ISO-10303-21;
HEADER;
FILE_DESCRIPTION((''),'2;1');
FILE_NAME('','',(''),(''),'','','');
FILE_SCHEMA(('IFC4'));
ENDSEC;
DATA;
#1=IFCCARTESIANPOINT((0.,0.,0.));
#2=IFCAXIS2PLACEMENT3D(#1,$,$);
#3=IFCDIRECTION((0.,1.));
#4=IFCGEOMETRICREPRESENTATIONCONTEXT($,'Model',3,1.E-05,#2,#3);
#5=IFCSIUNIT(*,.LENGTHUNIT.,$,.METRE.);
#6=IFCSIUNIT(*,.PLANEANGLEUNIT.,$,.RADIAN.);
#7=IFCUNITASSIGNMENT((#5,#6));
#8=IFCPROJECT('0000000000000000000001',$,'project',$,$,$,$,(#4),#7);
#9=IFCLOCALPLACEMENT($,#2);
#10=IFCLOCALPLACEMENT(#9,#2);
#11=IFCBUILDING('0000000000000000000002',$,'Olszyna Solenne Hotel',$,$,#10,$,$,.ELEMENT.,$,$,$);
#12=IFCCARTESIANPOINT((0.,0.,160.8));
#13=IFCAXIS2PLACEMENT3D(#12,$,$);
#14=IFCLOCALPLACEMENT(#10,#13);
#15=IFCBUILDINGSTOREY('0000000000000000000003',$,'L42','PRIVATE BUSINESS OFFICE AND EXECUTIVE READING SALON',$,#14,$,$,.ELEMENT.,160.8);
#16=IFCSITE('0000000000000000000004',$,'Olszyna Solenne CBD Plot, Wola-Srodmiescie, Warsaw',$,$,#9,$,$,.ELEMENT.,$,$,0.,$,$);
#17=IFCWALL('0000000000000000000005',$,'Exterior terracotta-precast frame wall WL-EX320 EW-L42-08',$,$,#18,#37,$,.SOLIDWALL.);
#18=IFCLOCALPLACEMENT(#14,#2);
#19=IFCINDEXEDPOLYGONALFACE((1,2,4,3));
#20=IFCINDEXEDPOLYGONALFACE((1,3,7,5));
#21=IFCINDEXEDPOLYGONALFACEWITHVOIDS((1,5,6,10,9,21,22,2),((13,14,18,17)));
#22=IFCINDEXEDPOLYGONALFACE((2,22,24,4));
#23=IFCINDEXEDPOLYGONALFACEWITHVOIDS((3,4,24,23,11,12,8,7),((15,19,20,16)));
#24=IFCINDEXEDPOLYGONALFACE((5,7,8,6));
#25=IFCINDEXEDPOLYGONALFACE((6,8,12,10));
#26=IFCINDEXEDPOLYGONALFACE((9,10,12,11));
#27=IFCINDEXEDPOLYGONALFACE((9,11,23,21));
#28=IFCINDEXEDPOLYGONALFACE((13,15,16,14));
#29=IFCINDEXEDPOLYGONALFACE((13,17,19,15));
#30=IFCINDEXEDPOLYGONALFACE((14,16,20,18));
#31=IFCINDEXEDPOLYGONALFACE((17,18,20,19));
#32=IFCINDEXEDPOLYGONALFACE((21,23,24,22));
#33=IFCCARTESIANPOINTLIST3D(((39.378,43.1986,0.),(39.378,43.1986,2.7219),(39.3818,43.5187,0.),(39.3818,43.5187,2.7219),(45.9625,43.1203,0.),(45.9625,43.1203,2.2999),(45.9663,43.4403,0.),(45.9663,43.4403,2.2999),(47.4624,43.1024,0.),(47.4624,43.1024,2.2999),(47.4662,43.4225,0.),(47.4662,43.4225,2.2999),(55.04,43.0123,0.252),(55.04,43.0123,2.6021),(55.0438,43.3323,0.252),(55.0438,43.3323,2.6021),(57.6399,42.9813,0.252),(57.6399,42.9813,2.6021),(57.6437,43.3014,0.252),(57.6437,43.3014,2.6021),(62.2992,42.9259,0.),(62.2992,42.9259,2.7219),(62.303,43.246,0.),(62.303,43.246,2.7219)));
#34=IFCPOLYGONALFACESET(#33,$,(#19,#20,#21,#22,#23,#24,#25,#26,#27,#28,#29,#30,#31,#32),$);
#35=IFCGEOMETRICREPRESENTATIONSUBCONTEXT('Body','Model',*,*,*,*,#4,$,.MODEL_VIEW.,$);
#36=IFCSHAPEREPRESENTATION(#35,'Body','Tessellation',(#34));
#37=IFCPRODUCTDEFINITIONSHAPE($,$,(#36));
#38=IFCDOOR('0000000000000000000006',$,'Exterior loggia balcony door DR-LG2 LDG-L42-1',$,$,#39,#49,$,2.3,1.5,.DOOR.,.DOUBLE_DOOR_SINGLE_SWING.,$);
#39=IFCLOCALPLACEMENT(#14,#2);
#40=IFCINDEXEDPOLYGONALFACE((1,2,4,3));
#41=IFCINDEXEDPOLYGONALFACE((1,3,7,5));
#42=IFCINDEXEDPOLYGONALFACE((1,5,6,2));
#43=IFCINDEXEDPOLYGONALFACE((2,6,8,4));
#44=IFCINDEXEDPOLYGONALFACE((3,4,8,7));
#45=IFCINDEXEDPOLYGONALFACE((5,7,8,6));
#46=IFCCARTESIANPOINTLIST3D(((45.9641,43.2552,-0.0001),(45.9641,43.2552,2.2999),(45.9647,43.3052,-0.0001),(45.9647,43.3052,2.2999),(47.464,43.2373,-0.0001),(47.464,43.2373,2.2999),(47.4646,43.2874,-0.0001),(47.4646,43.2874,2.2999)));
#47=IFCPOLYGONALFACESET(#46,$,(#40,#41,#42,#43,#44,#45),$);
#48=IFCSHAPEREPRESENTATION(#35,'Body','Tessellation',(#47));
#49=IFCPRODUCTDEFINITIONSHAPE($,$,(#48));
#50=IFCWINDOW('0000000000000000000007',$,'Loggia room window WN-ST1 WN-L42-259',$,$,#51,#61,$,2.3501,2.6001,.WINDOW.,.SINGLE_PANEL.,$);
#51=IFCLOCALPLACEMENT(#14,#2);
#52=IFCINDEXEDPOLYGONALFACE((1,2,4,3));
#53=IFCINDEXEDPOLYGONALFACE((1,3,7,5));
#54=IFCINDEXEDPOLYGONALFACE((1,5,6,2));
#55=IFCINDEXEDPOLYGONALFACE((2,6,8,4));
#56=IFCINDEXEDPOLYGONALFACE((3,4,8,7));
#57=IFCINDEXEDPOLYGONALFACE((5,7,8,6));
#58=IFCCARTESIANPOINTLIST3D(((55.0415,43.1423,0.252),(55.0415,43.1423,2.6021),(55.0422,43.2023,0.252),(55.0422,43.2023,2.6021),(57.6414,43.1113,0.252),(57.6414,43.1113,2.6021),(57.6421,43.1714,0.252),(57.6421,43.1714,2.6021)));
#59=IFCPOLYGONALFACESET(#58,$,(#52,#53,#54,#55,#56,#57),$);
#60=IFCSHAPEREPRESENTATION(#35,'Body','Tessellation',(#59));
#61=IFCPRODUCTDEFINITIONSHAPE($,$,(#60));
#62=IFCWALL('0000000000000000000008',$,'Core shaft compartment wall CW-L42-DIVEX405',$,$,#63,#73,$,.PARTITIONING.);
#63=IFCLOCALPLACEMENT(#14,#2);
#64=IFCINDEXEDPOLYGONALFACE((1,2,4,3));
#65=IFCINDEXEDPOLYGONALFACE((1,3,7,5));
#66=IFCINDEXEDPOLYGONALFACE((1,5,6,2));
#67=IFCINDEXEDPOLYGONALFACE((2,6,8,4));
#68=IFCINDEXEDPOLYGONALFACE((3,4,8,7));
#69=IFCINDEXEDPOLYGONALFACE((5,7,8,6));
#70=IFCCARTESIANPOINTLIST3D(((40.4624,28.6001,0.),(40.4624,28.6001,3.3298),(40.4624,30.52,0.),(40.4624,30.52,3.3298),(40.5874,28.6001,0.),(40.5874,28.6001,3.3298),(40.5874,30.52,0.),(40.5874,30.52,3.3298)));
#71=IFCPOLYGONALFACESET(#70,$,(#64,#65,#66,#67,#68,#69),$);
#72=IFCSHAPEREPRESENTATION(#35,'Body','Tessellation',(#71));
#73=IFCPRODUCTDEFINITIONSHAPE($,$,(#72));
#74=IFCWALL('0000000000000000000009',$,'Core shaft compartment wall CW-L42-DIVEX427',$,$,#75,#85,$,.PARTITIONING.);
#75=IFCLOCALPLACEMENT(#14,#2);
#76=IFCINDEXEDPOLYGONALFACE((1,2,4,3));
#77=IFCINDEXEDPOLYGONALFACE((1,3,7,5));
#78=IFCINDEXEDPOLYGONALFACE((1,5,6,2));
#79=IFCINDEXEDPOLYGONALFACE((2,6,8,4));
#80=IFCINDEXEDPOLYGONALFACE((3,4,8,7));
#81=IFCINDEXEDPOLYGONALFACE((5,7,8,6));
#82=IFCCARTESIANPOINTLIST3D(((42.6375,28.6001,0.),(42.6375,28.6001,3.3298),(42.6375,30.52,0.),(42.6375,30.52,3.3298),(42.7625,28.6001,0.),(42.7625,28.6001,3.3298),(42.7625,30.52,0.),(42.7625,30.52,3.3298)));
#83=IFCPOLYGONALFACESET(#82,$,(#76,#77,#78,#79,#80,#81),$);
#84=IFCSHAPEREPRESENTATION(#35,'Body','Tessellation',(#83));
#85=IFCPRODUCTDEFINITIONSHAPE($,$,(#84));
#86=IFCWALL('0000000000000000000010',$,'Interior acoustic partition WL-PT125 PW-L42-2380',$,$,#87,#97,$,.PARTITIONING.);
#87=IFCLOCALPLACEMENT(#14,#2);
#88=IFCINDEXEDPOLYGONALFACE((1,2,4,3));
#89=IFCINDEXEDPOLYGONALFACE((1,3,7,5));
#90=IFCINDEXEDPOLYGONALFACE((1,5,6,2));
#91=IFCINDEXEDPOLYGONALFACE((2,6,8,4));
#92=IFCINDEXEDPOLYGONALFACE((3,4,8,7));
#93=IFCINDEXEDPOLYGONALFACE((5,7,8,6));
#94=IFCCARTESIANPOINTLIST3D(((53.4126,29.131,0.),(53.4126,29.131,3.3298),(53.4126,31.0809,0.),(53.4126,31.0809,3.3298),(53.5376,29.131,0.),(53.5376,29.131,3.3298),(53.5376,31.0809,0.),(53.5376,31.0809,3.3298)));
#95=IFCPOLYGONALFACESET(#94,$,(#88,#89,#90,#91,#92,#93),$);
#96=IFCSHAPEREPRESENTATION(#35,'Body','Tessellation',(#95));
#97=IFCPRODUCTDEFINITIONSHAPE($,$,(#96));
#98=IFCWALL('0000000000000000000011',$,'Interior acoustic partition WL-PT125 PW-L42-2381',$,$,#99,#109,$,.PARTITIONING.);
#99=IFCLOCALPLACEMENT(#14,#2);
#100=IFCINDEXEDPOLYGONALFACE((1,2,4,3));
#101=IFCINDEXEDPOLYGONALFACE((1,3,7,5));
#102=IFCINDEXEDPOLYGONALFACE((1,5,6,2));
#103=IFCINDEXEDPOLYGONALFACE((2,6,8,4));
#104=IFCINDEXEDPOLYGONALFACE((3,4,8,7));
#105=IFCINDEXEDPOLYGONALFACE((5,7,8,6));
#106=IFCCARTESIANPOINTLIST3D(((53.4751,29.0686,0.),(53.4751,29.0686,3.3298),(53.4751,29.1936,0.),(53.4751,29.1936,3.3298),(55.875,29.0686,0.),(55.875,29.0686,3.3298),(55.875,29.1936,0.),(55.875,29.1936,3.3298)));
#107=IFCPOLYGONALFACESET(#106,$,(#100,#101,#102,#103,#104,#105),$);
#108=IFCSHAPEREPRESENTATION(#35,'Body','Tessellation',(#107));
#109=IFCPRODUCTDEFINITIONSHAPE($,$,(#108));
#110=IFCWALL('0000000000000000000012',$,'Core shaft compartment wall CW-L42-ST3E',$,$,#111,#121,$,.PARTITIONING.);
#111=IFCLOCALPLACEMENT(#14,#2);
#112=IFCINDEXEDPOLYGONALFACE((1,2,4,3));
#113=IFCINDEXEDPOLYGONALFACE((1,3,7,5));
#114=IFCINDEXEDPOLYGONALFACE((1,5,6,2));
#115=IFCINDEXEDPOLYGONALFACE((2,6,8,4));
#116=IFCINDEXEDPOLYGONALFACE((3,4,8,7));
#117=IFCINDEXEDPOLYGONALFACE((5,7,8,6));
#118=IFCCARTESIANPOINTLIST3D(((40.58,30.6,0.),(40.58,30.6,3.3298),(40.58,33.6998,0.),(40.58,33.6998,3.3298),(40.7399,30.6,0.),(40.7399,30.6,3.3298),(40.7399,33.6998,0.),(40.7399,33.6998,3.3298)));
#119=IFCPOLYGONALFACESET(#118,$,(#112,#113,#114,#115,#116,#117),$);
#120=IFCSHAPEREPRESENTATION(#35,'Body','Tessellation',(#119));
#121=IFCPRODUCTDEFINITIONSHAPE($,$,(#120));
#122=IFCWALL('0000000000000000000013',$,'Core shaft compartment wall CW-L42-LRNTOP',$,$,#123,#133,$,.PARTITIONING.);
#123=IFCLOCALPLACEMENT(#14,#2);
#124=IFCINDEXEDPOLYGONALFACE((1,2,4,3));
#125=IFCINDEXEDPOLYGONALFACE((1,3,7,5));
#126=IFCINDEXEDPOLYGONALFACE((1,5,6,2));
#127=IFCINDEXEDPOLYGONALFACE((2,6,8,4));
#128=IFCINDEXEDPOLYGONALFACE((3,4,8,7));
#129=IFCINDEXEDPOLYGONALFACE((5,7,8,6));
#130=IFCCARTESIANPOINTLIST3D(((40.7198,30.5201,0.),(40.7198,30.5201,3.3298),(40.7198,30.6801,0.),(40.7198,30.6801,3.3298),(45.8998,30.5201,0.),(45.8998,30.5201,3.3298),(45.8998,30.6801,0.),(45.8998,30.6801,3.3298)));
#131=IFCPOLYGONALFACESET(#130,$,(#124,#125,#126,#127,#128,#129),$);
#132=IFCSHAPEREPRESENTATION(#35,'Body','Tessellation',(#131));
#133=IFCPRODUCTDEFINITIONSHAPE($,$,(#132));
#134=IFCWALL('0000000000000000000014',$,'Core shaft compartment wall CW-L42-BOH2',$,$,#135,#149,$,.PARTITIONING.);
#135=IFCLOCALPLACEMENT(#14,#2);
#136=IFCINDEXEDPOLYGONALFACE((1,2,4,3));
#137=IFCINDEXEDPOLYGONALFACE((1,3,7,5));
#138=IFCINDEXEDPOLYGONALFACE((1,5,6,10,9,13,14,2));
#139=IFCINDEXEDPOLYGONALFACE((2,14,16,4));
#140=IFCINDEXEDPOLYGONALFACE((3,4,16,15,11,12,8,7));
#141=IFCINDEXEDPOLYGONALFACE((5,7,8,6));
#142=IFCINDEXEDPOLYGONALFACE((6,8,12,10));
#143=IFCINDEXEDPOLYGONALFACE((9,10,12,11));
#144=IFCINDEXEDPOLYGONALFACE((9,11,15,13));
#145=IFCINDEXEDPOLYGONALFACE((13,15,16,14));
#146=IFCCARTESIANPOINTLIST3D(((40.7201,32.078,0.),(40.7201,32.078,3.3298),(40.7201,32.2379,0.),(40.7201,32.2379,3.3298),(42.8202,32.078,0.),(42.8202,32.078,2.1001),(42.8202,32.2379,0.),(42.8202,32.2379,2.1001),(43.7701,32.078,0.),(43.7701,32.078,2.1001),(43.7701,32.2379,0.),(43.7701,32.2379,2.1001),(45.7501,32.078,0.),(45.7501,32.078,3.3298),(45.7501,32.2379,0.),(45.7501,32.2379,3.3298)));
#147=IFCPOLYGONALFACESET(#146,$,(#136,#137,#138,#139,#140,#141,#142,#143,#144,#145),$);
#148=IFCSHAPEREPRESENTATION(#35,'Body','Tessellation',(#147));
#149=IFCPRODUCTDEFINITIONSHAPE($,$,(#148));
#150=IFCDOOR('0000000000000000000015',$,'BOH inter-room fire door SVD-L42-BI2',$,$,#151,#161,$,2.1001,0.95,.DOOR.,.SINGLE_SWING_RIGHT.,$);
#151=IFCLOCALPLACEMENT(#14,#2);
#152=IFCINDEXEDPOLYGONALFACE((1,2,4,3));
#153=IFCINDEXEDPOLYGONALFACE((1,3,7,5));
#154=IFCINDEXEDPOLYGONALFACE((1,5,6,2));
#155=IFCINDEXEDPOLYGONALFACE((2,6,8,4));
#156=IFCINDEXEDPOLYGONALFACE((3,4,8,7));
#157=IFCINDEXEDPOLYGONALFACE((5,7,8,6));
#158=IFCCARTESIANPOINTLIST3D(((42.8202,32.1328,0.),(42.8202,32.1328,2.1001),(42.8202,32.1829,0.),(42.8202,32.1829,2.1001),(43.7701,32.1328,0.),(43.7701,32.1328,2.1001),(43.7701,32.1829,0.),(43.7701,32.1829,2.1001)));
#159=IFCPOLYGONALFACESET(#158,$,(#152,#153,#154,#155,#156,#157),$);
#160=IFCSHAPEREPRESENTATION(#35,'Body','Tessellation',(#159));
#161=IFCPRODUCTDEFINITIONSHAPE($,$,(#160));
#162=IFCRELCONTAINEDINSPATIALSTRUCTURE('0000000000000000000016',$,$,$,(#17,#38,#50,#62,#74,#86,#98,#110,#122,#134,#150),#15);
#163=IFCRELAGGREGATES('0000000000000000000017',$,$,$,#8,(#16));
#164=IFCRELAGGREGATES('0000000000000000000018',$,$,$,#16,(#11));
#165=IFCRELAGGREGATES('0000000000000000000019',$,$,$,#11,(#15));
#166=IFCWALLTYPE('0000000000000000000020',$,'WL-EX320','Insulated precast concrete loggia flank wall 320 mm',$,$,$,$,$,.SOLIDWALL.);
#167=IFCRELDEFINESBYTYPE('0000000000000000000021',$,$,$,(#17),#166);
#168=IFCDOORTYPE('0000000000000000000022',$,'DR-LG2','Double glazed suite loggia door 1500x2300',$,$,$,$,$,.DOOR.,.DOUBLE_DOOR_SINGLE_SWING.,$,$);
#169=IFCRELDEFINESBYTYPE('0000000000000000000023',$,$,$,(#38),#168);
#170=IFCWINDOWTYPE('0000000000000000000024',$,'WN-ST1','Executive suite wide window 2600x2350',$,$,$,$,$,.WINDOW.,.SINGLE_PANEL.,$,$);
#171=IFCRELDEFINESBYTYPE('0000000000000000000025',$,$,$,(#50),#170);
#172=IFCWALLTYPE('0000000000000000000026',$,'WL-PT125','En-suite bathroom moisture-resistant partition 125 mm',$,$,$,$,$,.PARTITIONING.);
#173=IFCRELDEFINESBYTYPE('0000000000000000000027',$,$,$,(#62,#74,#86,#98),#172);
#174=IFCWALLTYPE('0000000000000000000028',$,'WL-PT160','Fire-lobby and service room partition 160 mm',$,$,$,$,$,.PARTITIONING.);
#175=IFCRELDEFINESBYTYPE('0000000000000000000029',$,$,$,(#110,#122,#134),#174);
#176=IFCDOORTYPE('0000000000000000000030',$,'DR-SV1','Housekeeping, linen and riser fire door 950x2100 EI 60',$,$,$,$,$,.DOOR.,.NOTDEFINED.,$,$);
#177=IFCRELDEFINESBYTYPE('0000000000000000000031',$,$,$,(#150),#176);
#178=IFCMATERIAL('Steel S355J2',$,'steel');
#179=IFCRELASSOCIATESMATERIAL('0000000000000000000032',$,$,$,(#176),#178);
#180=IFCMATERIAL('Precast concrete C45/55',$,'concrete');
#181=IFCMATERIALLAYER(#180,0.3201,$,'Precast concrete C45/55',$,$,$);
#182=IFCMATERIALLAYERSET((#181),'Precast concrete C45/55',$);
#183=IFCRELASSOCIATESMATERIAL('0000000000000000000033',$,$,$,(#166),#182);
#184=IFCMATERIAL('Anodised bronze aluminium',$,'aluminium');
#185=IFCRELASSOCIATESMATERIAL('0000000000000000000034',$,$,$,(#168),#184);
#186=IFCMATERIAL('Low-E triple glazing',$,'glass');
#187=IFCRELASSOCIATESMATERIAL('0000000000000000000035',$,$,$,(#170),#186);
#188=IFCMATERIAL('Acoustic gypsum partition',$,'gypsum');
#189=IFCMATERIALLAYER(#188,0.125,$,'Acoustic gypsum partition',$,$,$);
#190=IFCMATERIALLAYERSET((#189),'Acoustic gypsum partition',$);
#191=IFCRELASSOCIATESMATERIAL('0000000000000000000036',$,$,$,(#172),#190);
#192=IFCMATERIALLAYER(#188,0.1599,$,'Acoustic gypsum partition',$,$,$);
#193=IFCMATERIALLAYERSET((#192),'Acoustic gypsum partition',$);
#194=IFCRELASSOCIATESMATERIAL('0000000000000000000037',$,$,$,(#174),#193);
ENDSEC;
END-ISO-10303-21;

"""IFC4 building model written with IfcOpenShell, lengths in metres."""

from ifc_helpers import new_model, si_unit, direction, frame, frame_2d, origin, place, context, subcontext, project, spatial, rectangle, extrude, source, transform, mapped, material, layer, layer_set, type_object, type_shapes, element, fill, save


model = new_model("IFC4")

# Units and contexts
model_context = context("Model", 3, precision=1e-05, world=origin(), true_north=direction((0.0, 1.0)))
body_context = subcontext(model_context, "Body", "Model", "MODEL_VIEW")
ifc_project = project(units=[si_unit("LENGTHUNIT", "METRE"), si_unit("PLANEANGLEUNIT", "RADIAN")], contexts=[model_context])

# Site, building, storey
site_placement = place(None, origin())
site = spatial("IfcSite", under=ifc_project, at=site_placement, Name="Olszyna Solenne CBD Plot, Wola-Srodmiescie, Warsaw", CompositionType="ELEMENT", RefElevation=0.0)
building_placement = place(site_placement, origin())
building = spatial("IfcBuilding", under=site, at=building_placement, Name="Olszyna Solenne Hotel", CompositionType="ELEMENT")
storey_placement = place(building_placement, frame((0.0, 0.0, 160.8)))
storey = spatial("IfcBuildingStorey", under=building, at=storey_placement, Name="L42", Description="PRIVATE BUSINESS OFFICE AND EXECUTIVE READING SALON", CompositionType="ELEMENT", Elevation=160.8)

# Shared definitions
ifc_material_1 = material(Name="Steel S355J2", Category="steel")

# Shared definitions
door_type_1 = type_object("IfcDoorType", Name="DR-SV1", Description="Housekeeping, linen and riser fire door 950x2100 EI 60", OperationType="NOTDEFINED", PredefinedType="DOOR", material=ifc_material_1)
shared_shape_1 = source(origin(), body_context, "Body", "SweptSolid", [
    extrude(rectangle(XDim=0.95, YDim=2.1001, at=frame_2d((0.4751, 1.05))), frame((0.0, 0.0249, 0.0), z_axis=(0.0, -1.0, 0.0), x_axis=(1.0, 0.0, 0.0)), (0.0, 0.0, 1.0), 0.05),
])
type_shapes(door_type_1, [shared_shape_1])

# Wall, openings, door, window
ifc_material_2 = material(Name="Precast concrete C45/55", Category="concrete")
ifc_layer_1 = layer(ifc_material_2, 0.3201, Name="Precast concrete C45/55")
ifc_layer_set_1 = layer_set([ifc_layer_1], Name="Precast concrete C45/55")
wall_type_1 = type_object("IfcWallType", Name="WL-EX320", Description="Insulated precast concrete loggia flank wall 320 mm", PredefinedType="SOLIDWALL", material=ifc_layer_set_1)
wall_1_placement = place(storey_placement, frame((39.3799, 43.3586, 0.0), z_axis=(0.0, 0.0, 1.0), x_axis=(0.999929, -0.011897, 0.0)))
wall_1 = element("IfcWall", 1, at=wall_1_placement, inside=storey, type_object=wall_type_1, Name="Exterior terracotta-precast frame wall WL-EX320 EW-L42-08", PredefinedType="SOLIDWALL", context=body_context, shape_type="SweptSolid", body=[
    extrude(rectangle(XDim=22.9229, YDim=0.3201, at=frame_2d((11.4614, 0.0))), origin(), (0.0, 0.0, 1.0), 2.7219),
])
opening_1_placement = place(wall_1_placement, frame((6.585, 0.0, 0.0)))
opening_1 = element("IfcOpeningElement", 2, at=opening_1_placement, cuts=wall_1, PredefinedType="OPENING", context=body_context, shape_type="SweptSolid", body=[
    extrude(rectangle(XDim=1.5, YDim=2.3, at=frame_2d((0.75, 1.1499))), frame((0.0, 0.1699, 0.0), z_axis=(0.0, -1.0, 0.0), x_axis=(1.0, 0.0, 0.0)), (0.0, 0.0, 1.0), 0.3401),
])
opening_2_placement = place(wall_1_placement, frame((15.6631, 0.0, 0.252)))
opening_2 = element("IfcOpeningElement", 3, at=opening_2_placement, cuts=wall_1, PredefinedType="OPENING", context=body_context, shape_type="SweptSolid", body=[
    extrude(rectangle(XDim=2.6001, YDim=2.3501, at=frame_2d((1.3, 1.175))), frame((0.0, 0.1699, 0.0), z_axis=(0.0, -1.0, 0.0), x_axis=(1.0, 0.0, 0.0)), (0.0, 0.0, 1.0), 0.3401),
])
ifc_material_3 = material(Name="Anodised bronze aluminium", Category="aluminium")
door_type_2 = type_object("IfcDoorType", Name="DR-LG2", Description="Double glazed suite loggia door 1500x2300", OperationType="DOUBLE_DOOR_SINGLE_SWING", PredefinedType="DOOR", material=ifc_material_3)
shared_shape_2 = source(origin(), body_context, "Body", "SweptSolid", [
    extrude(rectangle(XDim=1.5, YDim=2.3, at=frame_2d((0.75, 1.1499))), frame((0.0, 0.0249, 0.0), z_axis=(0.0, -1.0, 0.0), x_axis=(1.0, 0.0, 0.0)), (0.0, 0.0, 1.0), 0.05),
])
type_shapes(door_type_2, [shared_shape_2])
door_1_placement = place(opening_1_placement, origin())
door_1 = element("IfcDoor", 4, at=door_1_placement, inside=storey, type_object=door_type_2, Name="Exterior loggia balcony door DR-LG2 LDG-L42-1", OperationType="DOUBLE_DOOR_SINGLE_SWING", OverallHeight=2.3, OverallWidth=1.5, PredefinedType="DOOR", context=body_context, shape_type="MappedRepresentation", body=[
    mapped(shared_shape_2, transform((0.0, 0.0, 0.0), x_axis=(1.0, 0.0, 0.0), y_axis=(0.0, 1.0, 0.0), z_axis=(0.0, 0.0, 1.0), scale=1.0)),
])
fill(opening_1, door_1)
ifc_material_4 = material(Name="Low-E triple glazing", Category="glass")
window_type = type_object("IfcWindowType", Name="WN-ST1", Description="Executive suite wide window 2600x2350", PartitioningType="SINGLE_PANEL", PredefinedType="WINDOW", material=ifc_material_4)
shared_shape_3 = source(origin(), body_context, "Body", "SweptSolid", [
    extrude(rectangle(XDim=2.6001, YDim=2.3501, at=frame_2d((1.3, 1.175))), frame((0.0, 0.03, 0.0), z_axis=(0.0, -1.0, 0.0), x_axis=(1.0, 0.0, 0.0)), (0.0, 0.0, 1.0), 0.0601),
])
type_shapes(window_type, [shared_shape_3])
window_placement = place(opening_2_placement, origin())
window = element("IfcWindow", 5, at=window_placement, inside=storey, type_object=window_type, Name="Loggia room window WN-ST1 WN-L42-259", OverallHeight=2.3501, OverallWidth=2.6001, PartitioningType="SINGLE_PANEL", PredefinedType="WINDOW", context=body_context, shape_type="MappedRepresentation", body=[
    mapped(shared_shape_3, transform((0.0, 0.0, 0.0), x_axis=(1.0, 0.0, 0.0), y_axis=(0.0, 1.0, 0.0), z_axis=(0.0, 0.0, 1.0), scale=1.0)),
])
fill(opening_2, window)

# Walls
ifc_material_5 = material(Name="Acoustic gypsum partition", Category="gypsum")
ifc_layer_2 = layer(ifc_material_5, 0.125, Name="Acoustic gypsum partition")
ifc_layer_set_2 = layer_set([ifc_layer_2], Name="Acoustic gypsum partition")
wall_type_2 = type_object("IfcWallType", Name="WL-PT125", Description="En-suite bathroom moisture-resistant partition 125 mm", PredefinedType="PARTITIONING", material=ifc_layer_set_2)
for number, where, z_axis, x_axis, name in (
    (6, (40.5249, 28.6001, 0.0), (0.0, 0.0, 1.0), (0.0, 1.0, 0.0), "Core shaft compartment wall CW-L42-DIVEX405"),
    (7, (42.7, 28.6001, 0.0), (0.0, 0.0, 1.0), (0.0, 1.0, 0.0), "Core shaft compartment wall CW-L42-DIVEX427"),
):
    element("IfcWall", number, at=place(storey_placement, frame(where, z_axis=z_axis, x_axis=x_axis)), inside=storey, type_object=wall_type_2, Name=name, PredefinedType="PARTITIONING", context=body_context, shape_type="SweptSolid", body=[
        extrude(rectangle(XDim=1.9199, YDim=0.125, at=frame_2d((0.96, 0.0))), origin(), (0.0, 0.0, 1.0), 3.3298),
    ])
wall_2_placement = place(storey_placement, frame((53.4751, 31.0811, 0.0), z_axis=(0.0, 0.0, 1.0), x_axis=(0.0, -1.0, 0.0)))
element("IfcWall", 8, at=wall_2_placement, inside=storey, type_object=wall_type_2, Name="Interior acoustic partition WL-PT125 PW-L42-2380", PredefinedType="PARTITIONING", context=body_context, shape_type="SweptSolid", body=[
    extrude(rectangle(XDim=1.95, YDim=0.125, at=frame_2d((0.9751, 0.0))), origin(), (0.0, 0.0, 1.0), 3.3298),
])
wall_3_placement = place(storey_placement, frame((53.4751, 29.1311, 0.0), z_axis=(0.0, 0.0, 1.0), x_axis=(1.0, 0.0, 0.0)))
element("IfcWall", 9, at=wall_3_placement, inside=storey, type_object=wall_type_2, Name="Interior acoustic partition WL-PT125 PW-L42-2381", PredefinedType="PARTITIONING", context=body_context, shape_type="SweptSolid", body=[
    extrude(rectangle(XDim=2.3999, YDim=0.125, at=frame_2d((1.2, 0.0))), origin(), (0.0, 0.0, 1.0), 3.3298),
])
ifc_layer_3 = layer(ifc_material_5, 0.1599, Name="Acoustic gypsum partition")
ifc_layer_set_3 = layer_set([ifc_layer_3], Name="Acoustic gypsum partition")
wall_type_3 = type_object("IfcWallType", Name="WL-PT160", Description="Fire-lobby and service room partition 160 mm", PredefinedType="PARTITIONING", material=ifc_layer_set_3)
wall_4_placement = place(storey_placement, frame((40.6599, 30.6001, 0.0), z_axis=(0.0, 0.0, 1.0), x_axis=(0.0, 1.0, 0.0)))
element("IfcWall", 10, at=wall_4_placement, inside=storey, type_object=wall_type_3, Name="Core shaft compartment wall CW-L42-ST3E", PredefinedType="PARTITIONING", context=body_context, shape_type="SweptSolid", body=[
    extrude(rectangle(XDim=3.0999, YDim=0.1599, at=frame_2d((1.5498, 0.0))), origin(), (0.0, 0.0, 1.0), 3.3298),
])
wall_5_placement = place(storey_placement, frame((40.72, 30.6001, 0.0), z_axis=(0.0, 0.0, 1.0), x_axis=(1.0, 0.0, 0.0)))
element("IfcWall", 11, at=wall_5_placement, inside=storey, type_object=wall_type_3, Name="Core shaft compartment wall CW-L42-LRNTOP", PredefinedType="PARTITIONING", context=body_context, shape_type="SweptSolid", body=[
    extrude(rectangle(XDim=5.1799, YDim=0.1599, at=frame_2d((2.5898, 0.0))), origin(), (0.0, 0.0, 1.0), 3.3298),
])

# Wall, opening, door
wall_6_placement = place(storey_placement, frame((40.72, 32.158, 0.0), z_axis=(0.0, 0.0, 1.0), x_axis=(1.0, 0.0, 0.0)))
wall_6 = element("IfcWall", 12, at=wall_6_placement, inside=storey, type_object=wall_type_3, Name="Core shaft compartment wall CW-L42-BOH2", PredefinedType="PARTITIONING", context=body_context, shape_type="SweptSolid", body=[
    extrude(rectangle(XDim=5.03, YDim=0.1599, at=frame_2d((2.5151, 0.0))), origin(), (0.0, 0.0, 1.0), 3.3298),
])
opening_3_placement = place(wall_6_placement, frame((2.1001, 0.0, 0.0)))
opening_3 = element("IfcOpeningElement", 13, at=opening_3_placement, cuts=wall_6, PredefinedType="OPENING", context=body_context, shape_type="SweptSolid", body=[
    extrude(rectangle(XDim=0.95, YDim=2.1001, at=frame_2d((0.4751, 1.05))), frame((0.0, 0.0898, 0.0), z_axis=(0.0, -1.0, 0.0), x_axis=(1.0, 0.0, 0.0)), (0.0, 0.0, 1.0), 0.1799),
])
door_2_placement = place(opening_3_placement, origin())
door_2 = element("IfcDoor", 14, at=door_2_placement, inside=storey, type_object=door_type_1, Name="BOH inter-room fire door SVD-L42-BI2", OperationType="SINGLE_SWING_RIGHT", OverallHeight=2.1001, OverallWidth=0.95, PredefinedType="DOOR", context=body_context, shape_type="MappedRepresentation", body=[
    mapped(shared_shape_1, transform((0.0, 0.0, 0.0), x_axis=(1.0, 0.0, 0.0), y_axis=(0.0, 1.0, 0.0), z_axis=(0.0, 0.0, 1.0), scale=1.0)),
])
fill(opening_3, door_2)

save(model, "model.ifc")
